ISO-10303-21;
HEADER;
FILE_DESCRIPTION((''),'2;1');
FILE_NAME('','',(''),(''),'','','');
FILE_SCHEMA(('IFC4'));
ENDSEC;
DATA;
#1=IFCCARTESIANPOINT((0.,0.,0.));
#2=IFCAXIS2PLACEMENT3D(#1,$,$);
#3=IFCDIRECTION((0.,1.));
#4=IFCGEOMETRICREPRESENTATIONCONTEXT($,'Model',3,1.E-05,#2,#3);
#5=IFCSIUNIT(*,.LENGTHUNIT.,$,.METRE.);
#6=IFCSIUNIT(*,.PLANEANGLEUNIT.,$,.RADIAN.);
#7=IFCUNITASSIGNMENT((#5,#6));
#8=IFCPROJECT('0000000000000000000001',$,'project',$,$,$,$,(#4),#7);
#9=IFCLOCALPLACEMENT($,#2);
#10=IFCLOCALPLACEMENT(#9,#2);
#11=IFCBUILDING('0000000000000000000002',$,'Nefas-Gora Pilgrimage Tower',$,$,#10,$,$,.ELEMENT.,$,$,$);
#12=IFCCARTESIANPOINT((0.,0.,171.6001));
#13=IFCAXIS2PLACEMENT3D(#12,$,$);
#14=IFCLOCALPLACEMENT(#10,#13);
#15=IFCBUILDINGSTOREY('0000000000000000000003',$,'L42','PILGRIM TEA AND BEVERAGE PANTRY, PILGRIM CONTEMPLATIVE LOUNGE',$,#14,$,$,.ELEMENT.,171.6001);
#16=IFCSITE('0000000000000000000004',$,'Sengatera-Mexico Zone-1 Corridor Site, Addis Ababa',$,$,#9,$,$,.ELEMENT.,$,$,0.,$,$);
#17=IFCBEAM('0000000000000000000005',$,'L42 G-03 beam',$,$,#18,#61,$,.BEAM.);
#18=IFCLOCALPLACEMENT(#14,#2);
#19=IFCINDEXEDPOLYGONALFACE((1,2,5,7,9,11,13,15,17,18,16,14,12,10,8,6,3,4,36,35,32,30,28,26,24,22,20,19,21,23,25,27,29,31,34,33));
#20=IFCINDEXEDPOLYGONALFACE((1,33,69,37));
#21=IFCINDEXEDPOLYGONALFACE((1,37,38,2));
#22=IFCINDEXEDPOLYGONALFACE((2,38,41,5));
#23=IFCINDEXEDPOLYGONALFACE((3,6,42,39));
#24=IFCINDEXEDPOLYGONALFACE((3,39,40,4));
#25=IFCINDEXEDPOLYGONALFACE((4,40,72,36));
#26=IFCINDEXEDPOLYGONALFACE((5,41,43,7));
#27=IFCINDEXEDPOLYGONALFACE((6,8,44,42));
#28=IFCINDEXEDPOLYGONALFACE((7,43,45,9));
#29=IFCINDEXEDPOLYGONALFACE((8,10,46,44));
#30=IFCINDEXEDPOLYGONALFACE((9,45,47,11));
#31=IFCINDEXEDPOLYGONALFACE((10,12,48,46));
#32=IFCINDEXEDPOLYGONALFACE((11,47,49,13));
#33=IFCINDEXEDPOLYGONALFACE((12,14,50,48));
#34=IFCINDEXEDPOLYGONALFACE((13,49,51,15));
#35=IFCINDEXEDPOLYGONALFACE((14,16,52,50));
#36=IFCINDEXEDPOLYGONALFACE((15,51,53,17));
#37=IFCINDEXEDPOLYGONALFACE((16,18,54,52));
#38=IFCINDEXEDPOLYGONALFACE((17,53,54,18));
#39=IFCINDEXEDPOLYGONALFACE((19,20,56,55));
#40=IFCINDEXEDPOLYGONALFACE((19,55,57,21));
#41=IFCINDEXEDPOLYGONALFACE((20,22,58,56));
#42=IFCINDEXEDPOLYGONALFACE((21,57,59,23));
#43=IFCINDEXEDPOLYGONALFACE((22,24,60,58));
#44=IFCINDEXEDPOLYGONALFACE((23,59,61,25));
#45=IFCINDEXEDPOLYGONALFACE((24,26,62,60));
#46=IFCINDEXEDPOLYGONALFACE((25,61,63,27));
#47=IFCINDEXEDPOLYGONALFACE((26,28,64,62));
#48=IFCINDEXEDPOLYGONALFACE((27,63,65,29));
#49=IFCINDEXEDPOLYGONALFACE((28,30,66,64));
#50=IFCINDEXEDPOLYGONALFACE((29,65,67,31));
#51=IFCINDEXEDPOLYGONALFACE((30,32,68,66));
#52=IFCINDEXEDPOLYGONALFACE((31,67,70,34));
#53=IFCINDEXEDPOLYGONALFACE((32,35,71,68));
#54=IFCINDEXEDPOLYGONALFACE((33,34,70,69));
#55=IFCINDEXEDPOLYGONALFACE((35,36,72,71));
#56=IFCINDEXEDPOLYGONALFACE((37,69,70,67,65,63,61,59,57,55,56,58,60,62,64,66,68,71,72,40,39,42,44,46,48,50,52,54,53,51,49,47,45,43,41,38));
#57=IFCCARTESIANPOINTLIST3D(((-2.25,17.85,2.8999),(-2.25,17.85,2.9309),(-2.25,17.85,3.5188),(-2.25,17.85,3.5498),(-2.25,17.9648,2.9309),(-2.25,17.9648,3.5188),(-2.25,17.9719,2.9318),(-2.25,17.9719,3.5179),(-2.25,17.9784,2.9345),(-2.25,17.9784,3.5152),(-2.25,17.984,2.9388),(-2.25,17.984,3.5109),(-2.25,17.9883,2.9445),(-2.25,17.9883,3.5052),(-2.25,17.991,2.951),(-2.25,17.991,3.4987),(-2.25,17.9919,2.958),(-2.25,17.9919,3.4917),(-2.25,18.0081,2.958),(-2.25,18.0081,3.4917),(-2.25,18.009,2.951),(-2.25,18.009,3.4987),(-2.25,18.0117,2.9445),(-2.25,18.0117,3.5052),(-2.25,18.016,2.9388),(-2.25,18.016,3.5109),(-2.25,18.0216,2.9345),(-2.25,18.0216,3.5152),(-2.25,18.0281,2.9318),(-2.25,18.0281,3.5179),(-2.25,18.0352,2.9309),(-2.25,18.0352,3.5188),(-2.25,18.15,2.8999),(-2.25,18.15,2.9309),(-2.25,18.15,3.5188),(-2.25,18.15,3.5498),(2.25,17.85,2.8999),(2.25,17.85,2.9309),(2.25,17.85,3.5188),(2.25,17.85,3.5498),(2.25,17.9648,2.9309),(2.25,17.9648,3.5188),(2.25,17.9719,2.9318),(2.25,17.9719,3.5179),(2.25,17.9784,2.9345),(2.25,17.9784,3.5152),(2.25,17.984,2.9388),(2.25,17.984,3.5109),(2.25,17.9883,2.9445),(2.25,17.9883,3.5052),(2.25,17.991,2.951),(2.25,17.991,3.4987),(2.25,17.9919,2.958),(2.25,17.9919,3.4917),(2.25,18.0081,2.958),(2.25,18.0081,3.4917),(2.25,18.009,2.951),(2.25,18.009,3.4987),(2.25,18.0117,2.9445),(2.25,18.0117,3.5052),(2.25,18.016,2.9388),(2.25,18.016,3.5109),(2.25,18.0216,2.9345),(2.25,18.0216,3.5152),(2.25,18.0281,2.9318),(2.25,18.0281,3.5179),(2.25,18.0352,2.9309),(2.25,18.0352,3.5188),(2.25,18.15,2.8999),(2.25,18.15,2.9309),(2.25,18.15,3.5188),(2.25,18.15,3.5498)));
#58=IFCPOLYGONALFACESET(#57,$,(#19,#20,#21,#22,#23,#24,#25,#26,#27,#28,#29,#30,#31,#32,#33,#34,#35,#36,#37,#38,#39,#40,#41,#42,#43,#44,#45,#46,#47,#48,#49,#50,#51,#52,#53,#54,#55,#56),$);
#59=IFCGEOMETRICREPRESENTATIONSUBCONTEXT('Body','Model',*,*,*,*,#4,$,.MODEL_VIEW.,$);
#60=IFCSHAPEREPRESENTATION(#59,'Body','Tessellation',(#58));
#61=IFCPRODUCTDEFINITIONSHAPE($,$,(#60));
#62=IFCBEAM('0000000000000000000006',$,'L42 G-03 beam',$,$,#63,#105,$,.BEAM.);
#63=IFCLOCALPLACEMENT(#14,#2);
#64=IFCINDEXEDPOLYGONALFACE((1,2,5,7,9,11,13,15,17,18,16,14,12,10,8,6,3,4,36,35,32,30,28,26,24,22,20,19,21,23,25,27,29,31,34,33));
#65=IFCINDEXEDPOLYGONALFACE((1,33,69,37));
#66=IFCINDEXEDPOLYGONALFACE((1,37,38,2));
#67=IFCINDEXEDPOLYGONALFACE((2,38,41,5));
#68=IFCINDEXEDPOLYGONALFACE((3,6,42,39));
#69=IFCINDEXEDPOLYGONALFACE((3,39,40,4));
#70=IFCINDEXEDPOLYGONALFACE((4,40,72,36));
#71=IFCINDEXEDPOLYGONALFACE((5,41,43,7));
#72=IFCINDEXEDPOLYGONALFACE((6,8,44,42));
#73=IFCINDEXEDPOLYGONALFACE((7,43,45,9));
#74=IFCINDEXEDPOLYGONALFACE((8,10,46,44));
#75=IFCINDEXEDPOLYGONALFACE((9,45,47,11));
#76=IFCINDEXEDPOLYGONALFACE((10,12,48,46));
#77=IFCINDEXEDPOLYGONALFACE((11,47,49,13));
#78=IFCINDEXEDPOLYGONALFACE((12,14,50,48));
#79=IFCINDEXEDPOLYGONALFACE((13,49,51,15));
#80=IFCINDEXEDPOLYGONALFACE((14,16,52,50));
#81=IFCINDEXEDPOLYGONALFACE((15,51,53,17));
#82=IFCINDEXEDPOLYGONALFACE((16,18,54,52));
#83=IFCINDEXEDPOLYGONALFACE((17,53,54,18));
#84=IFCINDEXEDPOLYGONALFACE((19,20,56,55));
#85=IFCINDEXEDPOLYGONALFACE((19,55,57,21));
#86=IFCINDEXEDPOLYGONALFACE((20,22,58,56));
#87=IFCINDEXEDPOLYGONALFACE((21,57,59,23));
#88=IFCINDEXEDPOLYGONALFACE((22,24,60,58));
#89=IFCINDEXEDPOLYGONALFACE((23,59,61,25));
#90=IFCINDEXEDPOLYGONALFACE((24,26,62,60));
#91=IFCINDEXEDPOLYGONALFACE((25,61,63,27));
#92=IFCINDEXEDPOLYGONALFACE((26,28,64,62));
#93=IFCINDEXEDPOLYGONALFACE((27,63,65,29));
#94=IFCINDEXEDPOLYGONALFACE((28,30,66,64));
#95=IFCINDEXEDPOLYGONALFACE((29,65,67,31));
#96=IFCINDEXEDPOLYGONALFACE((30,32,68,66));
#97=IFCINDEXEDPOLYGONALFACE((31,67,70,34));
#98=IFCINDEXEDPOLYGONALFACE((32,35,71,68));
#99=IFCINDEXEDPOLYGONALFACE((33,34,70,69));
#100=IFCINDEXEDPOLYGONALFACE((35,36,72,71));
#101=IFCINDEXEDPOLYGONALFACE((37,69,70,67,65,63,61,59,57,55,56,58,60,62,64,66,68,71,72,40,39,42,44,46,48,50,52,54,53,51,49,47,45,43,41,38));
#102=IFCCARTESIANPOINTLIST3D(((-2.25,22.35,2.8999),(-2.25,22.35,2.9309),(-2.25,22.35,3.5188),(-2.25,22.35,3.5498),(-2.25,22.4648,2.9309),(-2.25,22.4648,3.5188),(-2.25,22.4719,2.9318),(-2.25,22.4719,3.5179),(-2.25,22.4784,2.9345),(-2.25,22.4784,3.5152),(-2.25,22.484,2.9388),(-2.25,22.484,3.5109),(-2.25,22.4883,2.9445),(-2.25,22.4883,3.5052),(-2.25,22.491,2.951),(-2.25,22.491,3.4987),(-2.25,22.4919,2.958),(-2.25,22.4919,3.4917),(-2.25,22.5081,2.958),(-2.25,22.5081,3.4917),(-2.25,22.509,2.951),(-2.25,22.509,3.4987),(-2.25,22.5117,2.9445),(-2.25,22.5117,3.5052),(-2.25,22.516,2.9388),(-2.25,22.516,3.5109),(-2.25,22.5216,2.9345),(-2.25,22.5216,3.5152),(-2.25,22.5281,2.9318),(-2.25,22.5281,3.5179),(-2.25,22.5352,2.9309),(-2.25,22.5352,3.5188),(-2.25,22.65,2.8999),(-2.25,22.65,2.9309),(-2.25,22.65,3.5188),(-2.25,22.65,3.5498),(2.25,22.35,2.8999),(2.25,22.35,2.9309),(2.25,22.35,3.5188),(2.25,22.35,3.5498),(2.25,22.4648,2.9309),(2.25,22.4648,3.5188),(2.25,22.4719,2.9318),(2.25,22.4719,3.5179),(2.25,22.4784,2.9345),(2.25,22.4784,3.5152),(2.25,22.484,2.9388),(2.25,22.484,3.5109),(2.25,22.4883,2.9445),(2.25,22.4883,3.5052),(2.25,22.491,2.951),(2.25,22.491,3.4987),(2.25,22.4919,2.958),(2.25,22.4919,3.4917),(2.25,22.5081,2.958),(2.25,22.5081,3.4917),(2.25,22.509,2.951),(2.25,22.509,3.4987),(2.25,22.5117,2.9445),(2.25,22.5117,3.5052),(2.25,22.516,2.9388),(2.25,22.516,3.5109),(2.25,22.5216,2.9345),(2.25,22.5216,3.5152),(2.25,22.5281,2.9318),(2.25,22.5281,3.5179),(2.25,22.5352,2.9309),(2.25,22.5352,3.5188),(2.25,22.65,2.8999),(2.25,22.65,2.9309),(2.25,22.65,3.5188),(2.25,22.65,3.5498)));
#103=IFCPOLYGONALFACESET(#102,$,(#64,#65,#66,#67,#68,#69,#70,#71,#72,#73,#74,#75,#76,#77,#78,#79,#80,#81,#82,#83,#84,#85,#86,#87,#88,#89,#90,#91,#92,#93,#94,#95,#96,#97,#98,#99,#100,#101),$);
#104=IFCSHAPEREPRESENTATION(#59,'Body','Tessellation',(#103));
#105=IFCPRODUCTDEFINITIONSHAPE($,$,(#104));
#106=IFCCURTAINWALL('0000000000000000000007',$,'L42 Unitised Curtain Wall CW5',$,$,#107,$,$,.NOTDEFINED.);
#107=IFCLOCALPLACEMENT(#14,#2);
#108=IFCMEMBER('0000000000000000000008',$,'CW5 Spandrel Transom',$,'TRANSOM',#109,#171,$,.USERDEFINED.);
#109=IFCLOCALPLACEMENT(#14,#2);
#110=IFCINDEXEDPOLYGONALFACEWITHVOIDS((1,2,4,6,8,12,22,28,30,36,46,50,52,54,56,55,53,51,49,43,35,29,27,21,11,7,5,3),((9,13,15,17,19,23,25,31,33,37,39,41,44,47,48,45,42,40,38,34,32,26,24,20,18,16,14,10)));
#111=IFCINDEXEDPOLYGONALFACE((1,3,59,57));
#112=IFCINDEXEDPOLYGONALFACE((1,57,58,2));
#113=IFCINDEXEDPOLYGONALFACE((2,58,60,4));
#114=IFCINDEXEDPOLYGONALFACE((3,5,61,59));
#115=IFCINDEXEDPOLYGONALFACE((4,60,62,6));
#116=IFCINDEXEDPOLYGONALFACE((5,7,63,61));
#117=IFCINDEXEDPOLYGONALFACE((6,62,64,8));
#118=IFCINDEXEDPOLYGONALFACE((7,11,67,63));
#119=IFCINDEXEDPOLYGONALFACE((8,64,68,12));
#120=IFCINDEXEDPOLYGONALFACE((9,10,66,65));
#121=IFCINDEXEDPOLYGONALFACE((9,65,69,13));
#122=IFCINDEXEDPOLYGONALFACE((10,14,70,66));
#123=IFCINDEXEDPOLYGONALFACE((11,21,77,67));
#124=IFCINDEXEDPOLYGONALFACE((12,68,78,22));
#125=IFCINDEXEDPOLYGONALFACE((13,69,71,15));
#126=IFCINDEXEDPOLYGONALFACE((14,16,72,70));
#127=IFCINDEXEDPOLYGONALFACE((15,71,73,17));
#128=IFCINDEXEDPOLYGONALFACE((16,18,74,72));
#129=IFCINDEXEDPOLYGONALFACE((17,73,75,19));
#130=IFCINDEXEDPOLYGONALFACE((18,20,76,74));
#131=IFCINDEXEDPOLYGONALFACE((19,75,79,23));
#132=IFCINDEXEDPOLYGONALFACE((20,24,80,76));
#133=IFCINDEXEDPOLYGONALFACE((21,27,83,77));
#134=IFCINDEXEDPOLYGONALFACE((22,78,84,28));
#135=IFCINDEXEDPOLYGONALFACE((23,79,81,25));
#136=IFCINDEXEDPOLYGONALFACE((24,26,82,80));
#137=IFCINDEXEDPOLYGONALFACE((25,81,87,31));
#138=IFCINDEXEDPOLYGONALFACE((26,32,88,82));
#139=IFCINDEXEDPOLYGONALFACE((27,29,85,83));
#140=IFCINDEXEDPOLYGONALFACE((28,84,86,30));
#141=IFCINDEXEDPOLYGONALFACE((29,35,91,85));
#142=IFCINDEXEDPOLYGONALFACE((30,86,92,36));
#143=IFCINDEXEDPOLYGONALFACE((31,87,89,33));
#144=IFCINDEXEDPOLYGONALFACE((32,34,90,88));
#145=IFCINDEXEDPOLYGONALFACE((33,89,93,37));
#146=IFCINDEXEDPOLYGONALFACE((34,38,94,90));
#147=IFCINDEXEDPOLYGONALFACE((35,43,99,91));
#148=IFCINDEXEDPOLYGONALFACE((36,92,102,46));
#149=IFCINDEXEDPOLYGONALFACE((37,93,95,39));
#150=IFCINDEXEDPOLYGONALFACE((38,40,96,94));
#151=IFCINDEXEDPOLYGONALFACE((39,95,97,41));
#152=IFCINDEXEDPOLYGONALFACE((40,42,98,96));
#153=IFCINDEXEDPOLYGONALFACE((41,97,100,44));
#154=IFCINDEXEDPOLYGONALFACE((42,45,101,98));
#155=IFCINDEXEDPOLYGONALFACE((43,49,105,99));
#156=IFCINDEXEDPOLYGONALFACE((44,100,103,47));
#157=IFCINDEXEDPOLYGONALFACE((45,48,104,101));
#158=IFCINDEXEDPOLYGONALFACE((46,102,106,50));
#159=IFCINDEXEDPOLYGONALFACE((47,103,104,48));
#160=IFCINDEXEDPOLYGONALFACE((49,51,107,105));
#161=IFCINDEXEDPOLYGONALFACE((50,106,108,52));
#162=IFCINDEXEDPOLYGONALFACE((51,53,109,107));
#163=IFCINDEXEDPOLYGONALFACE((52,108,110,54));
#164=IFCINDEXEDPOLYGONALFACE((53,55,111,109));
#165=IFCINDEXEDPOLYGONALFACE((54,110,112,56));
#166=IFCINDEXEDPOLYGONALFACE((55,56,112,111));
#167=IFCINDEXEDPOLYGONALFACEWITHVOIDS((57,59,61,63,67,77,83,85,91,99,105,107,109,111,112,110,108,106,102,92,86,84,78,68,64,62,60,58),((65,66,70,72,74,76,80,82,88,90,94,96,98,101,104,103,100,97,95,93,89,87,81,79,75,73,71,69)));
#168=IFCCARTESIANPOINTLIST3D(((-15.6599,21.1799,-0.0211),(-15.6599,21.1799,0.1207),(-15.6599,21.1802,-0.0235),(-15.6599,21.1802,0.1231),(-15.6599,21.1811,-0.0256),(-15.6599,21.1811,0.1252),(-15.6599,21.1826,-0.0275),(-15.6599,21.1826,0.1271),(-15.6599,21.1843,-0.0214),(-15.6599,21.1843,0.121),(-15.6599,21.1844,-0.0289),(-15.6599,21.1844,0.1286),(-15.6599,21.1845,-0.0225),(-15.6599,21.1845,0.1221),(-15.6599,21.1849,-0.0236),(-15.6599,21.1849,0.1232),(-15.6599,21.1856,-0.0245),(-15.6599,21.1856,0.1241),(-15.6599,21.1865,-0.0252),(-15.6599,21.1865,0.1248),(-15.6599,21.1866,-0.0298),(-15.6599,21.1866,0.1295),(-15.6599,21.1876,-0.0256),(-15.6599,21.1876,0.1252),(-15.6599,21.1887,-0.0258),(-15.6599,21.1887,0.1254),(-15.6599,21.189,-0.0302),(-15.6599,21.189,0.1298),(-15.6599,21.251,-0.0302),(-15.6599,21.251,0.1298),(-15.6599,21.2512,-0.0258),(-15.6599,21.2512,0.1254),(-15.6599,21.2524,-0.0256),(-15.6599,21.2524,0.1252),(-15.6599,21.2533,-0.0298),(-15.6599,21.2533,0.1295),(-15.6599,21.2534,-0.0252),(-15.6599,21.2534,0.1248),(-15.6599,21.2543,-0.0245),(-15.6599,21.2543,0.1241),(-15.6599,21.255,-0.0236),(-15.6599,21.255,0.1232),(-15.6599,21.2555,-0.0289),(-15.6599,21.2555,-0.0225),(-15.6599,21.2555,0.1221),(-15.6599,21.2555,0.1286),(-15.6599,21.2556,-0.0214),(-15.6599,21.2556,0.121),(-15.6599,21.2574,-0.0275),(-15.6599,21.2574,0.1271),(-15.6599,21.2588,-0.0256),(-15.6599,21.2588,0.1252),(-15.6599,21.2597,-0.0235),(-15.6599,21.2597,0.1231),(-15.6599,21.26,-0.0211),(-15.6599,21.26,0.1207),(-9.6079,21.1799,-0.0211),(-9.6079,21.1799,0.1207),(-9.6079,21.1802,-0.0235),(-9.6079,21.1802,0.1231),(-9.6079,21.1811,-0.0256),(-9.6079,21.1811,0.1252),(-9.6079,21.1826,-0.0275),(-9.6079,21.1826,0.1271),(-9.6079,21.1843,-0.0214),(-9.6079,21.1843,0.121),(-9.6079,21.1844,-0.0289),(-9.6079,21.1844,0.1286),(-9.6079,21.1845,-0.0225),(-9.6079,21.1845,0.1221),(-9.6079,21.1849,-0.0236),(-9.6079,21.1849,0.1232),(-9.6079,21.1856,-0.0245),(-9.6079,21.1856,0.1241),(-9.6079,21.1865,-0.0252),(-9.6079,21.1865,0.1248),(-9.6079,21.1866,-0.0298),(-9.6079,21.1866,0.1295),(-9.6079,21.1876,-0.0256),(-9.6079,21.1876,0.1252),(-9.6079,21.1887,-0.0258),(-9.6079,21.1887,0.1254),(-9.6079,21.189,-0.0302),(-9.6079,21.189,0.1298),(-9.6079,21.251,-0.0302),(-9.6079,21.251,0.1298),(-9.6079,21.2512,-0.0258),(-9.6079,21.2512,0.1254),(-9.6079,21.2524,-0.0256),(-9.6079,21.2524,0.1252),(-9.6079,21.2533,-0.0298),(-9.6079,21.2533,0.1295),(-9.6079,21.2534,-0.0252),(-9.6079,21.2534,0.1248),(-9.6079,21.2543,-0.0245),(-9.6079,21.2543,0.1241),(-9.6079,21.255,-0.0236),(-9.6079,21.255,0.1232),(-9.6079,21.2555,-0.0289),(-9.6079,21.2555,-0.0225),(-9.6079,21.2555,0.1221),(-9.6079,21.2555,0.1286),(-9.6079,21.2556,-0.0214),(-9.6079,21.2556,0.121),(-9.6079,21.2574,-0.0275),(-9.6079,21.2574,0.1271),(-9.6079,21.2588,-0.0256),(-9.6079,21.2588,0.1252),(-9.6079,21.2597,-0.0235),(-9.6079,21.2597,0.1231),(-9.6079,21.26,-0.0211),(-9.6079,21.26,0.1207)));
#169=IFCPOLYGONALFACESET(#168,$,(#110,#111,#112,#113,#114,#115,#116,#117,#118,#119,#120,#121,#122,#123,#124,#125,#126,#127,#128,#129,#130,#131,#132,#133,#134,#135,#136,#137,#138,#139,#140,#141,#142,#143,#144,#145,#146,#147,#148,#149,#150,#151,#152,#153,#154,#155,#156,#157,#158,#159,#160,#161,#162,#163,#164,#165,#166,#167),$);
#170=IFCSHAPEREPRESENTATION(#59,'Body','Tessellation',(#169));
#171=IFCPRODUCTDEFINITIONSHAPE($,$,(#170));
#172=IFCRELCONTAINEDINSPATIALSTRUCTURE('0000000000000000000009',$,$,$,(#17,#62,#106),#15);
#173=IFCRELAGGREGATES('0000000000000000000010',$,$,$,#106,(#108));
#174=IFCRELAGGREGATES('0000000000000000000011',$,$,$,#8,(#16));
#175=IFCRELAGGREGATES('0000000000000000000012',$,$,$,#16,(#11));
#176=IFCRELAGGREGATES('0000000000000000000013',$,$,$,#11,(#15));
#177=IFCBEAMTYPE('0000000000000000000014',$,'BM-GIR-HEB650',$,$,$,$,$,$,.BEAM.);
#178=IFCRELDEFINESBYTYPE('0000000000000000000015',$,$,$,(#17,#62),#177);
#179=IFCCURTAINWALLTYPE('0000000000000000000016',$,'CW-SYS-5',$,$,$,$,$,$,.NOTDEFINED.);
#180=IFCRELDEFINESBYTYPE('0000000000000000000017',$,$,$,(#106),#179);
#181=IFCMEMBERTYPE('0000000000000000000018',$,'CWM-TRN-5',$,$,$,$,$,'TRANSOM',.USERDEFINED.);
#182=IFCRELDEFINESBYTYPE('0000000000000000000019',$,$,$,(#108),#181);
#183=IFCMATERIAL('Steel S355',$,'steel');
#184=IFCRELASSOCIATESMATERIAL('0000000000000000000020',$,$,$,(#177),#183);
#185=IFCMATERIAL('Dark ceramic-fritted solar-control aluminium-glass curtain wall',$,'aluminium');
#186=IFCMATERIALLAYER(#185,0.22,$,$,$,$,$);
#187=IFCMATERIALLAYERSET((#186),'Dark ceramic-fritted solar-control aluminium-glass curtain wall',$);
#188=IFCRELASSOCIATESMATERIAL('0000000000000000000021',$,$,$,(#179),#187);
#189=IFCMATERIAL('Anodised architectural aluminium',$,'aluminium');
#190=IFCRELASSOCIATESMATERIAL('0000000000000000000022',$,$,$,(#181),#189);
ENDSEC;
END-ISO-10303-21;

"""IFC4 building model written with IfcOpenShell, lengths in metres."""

from ifc_helpers import new_model, si_unit, direction, frame, origin, origin_2d, place, context, subcontext, project, spatial, hollow_rectangle, i_section, extrude, source, transform, mapped, material, layer, layer_set, material_profile, profile_set, type_object, element, aggregate, save


model = new_model("IFC4")

# Units and contexts
model_context = context("Model", 3, precision=1e-05, world=origin(), true_north=direction((0.0, 1.0)))
body_context = subcontext(model_context, "Body", "Model", "MODEL_VIEW")
ifc_project = project(units=[si_unit("LENGTHUNIT", "METRE"), si_unit("PLANEANGLEUNIT", "RADIAN")], contexts=[model_context])

# Site, building, storey
site_placement = place(None, origin())
site = spatial("IfcSite", under=ifc_project, at=site_placement, Name="Sengatera-Mexico Zone-1 Corridor Site, Addis Ababa", CompositionType="ELEMENT", RefElevation=0.0)
building_placement = place(site_placement, origin())
building = spatial("IfcBuilding", under=site, at=building_placement, Name="Nefas-Gora Pilgrimage Tower", CompositionType="ELEMENT")
storey_placement = place(building_placement, frame((0.0, 0.0, 171.6001)))
storey = spatial("IfcBuildingStorey", under=building, at=storey_placement, Name="L42", Description="PILGRIM TEA AND BEVERAGE PANTRY, PILGRIM CONTEMPLATIVE LOUNGE", CompositionType="ELEMENT", Elevation=171.6001)

# Beams
ifc_material_1 = material(Name="Steel S355", Category="steel")
ifc_material_profile_1 = material_profile(ifc_material_1, i_section(OverallWidth=0.3, OverallDepth=0.6499, WebThickness=0.0161, FlangeThickness=0.031, FilletRadius=0.0271, at=origin_2d()), Name="HEB 650")
ifc_profile_set_1 = profile_set([ifc_material_profile_1], Name="Steel S355")
beam_type = type_object("IfcBeamType", Name="BM-GIR-HEB650", PredefinedType="BEAM", material=ifc_profile_set_1)
shared_shape_1 = source(origin(), body_context, "Body", "SweptSolid", [
    extrude(i_section(OverallWidth=0.3, OverallDepth=0.6499, WebThickness=0.0161, FlangeThickness=0.031, FilletRadius=0.0271, at=origin_2d()), origin(), (0.0, 0.0, 1.0), 4.5),
])
for number, where, z_axis, x_axis, name in (
    (1, (-2.25, 18.0, 3.2249), (1.0, 0.0, 0.0), (0.0, 1.0, 0.0), "L42 G-03 beam"),
    (2, (-2.25, 22.5, 3.2249), (1.0, 0.0, 0.0), (0.0, 1.0, 0.0), "L42 G-03 beam"),
):
    element("IfcBeam", number, at=place(storey_placement, frame(where, z_axis=z_axis, x_axis=x_axis)), inside=storey, type_object=beam_type, Name=name, PredefinedType="BEAM", context=body_context, shape_type="MappedRepresentation", body=[
        mapped(shared_shape_1, transform((0.0, 0.0, 0.0), x_axis=(1.0, 0.0, 0.0), y_axis=(0.0, 1.0, 0.0), z_axis=(0.0, 0.0, 1.0), scale=1.0)),
    ])

# Curtain wall, member
ifc_material_2 = material(Name="Dark ceramic-fritted solar-control aluminium-glass curtain wall", Category="aluminium")
ifc_layer_1 = layer(ifc_material_2, 0.22)
ifc_layer_set_1 = layer_set([ifc_layer_1], Name="Dark ceramic-fritted solar-control aluminium-glass curtain wall")
curtain_wall_type = type_object("IfcCurtainWallType", Name="CW-SYS-5", PredefinedType="NOTDEFINED", material=ifc_layer_set_1)
curtain_wall_1_placement = place(storey_placement, origin())
curtain_wall_1 = element("IfcCurtainWall", 3, at=curtain_wall_1_placement, inside=storey, type_object=curtain_wall_type, Name="L42 Unitised Curtain Wall CW5", PredefinedType="NOTDEFINED")
ifc_material_3 = material(Name="Anodised architectural aluminium", Category="aluminium")
ifc_material_profile_2 = material_profile(ifc_material_3, hollow_rectangle(XDim=0.0801, YDim=0.1599, WallThickness=0.0044, InnerFilletRadius=0.0044, OuterFilletRadius=0.009, at=origin_2d()), Name="ALU TRANSOM 80x160")
ifc_profile_set_2 = profile_set([ifc_material_profile_2], Name="Anodised architectural aluminium")
member_type_1 = type_object("IfcMemberType", Name="CWM-TRN-5", ElementType="TRANSOM", PredefinedType="USERDEFINED", material=ifc_profile_set_2)
shared_shape_2 = source(origin(), body_context, "Body", "SweptSolid", [
    extrude(hollow_rectangle(XDim=0.0801, YDim=0.1599, WallThickness=0.0044, InnerFilletRadius=0.0044, OuterFilletRadius=0.009, at=origin_2d()), origin(), (0.0, 0.0, 1.0), 6.052),
])
member_1_placement = place(storey_placement, frame((-9.6079, 21.22, 0.0498), z_axis=(-1.0, 0.0, 0.0), x_axis=(0.0, -1.0, 0.0)))
member_1 = element("IfcMember", 4, at=member_1_placement, type_object=member_type_1, Name="CW5 Spandrel Transom", ObjectType="TRANSOM", PredefinedType="USERDEFINED", context=body_context, shape_type="MappedRepresentation", body=[
    mapped(shared_shape_2, transform((0.0, 0.0, 0.0), x_axis=(1.0, 0.0, 0.0), y_axis=(0.0, 1.0, 0.0), z_axis=(0.0, 0.0, 1.0), scale=1.0)),
])

aggregate(curtain_wall_1, [member_1])

save(model, "model.ifc")
